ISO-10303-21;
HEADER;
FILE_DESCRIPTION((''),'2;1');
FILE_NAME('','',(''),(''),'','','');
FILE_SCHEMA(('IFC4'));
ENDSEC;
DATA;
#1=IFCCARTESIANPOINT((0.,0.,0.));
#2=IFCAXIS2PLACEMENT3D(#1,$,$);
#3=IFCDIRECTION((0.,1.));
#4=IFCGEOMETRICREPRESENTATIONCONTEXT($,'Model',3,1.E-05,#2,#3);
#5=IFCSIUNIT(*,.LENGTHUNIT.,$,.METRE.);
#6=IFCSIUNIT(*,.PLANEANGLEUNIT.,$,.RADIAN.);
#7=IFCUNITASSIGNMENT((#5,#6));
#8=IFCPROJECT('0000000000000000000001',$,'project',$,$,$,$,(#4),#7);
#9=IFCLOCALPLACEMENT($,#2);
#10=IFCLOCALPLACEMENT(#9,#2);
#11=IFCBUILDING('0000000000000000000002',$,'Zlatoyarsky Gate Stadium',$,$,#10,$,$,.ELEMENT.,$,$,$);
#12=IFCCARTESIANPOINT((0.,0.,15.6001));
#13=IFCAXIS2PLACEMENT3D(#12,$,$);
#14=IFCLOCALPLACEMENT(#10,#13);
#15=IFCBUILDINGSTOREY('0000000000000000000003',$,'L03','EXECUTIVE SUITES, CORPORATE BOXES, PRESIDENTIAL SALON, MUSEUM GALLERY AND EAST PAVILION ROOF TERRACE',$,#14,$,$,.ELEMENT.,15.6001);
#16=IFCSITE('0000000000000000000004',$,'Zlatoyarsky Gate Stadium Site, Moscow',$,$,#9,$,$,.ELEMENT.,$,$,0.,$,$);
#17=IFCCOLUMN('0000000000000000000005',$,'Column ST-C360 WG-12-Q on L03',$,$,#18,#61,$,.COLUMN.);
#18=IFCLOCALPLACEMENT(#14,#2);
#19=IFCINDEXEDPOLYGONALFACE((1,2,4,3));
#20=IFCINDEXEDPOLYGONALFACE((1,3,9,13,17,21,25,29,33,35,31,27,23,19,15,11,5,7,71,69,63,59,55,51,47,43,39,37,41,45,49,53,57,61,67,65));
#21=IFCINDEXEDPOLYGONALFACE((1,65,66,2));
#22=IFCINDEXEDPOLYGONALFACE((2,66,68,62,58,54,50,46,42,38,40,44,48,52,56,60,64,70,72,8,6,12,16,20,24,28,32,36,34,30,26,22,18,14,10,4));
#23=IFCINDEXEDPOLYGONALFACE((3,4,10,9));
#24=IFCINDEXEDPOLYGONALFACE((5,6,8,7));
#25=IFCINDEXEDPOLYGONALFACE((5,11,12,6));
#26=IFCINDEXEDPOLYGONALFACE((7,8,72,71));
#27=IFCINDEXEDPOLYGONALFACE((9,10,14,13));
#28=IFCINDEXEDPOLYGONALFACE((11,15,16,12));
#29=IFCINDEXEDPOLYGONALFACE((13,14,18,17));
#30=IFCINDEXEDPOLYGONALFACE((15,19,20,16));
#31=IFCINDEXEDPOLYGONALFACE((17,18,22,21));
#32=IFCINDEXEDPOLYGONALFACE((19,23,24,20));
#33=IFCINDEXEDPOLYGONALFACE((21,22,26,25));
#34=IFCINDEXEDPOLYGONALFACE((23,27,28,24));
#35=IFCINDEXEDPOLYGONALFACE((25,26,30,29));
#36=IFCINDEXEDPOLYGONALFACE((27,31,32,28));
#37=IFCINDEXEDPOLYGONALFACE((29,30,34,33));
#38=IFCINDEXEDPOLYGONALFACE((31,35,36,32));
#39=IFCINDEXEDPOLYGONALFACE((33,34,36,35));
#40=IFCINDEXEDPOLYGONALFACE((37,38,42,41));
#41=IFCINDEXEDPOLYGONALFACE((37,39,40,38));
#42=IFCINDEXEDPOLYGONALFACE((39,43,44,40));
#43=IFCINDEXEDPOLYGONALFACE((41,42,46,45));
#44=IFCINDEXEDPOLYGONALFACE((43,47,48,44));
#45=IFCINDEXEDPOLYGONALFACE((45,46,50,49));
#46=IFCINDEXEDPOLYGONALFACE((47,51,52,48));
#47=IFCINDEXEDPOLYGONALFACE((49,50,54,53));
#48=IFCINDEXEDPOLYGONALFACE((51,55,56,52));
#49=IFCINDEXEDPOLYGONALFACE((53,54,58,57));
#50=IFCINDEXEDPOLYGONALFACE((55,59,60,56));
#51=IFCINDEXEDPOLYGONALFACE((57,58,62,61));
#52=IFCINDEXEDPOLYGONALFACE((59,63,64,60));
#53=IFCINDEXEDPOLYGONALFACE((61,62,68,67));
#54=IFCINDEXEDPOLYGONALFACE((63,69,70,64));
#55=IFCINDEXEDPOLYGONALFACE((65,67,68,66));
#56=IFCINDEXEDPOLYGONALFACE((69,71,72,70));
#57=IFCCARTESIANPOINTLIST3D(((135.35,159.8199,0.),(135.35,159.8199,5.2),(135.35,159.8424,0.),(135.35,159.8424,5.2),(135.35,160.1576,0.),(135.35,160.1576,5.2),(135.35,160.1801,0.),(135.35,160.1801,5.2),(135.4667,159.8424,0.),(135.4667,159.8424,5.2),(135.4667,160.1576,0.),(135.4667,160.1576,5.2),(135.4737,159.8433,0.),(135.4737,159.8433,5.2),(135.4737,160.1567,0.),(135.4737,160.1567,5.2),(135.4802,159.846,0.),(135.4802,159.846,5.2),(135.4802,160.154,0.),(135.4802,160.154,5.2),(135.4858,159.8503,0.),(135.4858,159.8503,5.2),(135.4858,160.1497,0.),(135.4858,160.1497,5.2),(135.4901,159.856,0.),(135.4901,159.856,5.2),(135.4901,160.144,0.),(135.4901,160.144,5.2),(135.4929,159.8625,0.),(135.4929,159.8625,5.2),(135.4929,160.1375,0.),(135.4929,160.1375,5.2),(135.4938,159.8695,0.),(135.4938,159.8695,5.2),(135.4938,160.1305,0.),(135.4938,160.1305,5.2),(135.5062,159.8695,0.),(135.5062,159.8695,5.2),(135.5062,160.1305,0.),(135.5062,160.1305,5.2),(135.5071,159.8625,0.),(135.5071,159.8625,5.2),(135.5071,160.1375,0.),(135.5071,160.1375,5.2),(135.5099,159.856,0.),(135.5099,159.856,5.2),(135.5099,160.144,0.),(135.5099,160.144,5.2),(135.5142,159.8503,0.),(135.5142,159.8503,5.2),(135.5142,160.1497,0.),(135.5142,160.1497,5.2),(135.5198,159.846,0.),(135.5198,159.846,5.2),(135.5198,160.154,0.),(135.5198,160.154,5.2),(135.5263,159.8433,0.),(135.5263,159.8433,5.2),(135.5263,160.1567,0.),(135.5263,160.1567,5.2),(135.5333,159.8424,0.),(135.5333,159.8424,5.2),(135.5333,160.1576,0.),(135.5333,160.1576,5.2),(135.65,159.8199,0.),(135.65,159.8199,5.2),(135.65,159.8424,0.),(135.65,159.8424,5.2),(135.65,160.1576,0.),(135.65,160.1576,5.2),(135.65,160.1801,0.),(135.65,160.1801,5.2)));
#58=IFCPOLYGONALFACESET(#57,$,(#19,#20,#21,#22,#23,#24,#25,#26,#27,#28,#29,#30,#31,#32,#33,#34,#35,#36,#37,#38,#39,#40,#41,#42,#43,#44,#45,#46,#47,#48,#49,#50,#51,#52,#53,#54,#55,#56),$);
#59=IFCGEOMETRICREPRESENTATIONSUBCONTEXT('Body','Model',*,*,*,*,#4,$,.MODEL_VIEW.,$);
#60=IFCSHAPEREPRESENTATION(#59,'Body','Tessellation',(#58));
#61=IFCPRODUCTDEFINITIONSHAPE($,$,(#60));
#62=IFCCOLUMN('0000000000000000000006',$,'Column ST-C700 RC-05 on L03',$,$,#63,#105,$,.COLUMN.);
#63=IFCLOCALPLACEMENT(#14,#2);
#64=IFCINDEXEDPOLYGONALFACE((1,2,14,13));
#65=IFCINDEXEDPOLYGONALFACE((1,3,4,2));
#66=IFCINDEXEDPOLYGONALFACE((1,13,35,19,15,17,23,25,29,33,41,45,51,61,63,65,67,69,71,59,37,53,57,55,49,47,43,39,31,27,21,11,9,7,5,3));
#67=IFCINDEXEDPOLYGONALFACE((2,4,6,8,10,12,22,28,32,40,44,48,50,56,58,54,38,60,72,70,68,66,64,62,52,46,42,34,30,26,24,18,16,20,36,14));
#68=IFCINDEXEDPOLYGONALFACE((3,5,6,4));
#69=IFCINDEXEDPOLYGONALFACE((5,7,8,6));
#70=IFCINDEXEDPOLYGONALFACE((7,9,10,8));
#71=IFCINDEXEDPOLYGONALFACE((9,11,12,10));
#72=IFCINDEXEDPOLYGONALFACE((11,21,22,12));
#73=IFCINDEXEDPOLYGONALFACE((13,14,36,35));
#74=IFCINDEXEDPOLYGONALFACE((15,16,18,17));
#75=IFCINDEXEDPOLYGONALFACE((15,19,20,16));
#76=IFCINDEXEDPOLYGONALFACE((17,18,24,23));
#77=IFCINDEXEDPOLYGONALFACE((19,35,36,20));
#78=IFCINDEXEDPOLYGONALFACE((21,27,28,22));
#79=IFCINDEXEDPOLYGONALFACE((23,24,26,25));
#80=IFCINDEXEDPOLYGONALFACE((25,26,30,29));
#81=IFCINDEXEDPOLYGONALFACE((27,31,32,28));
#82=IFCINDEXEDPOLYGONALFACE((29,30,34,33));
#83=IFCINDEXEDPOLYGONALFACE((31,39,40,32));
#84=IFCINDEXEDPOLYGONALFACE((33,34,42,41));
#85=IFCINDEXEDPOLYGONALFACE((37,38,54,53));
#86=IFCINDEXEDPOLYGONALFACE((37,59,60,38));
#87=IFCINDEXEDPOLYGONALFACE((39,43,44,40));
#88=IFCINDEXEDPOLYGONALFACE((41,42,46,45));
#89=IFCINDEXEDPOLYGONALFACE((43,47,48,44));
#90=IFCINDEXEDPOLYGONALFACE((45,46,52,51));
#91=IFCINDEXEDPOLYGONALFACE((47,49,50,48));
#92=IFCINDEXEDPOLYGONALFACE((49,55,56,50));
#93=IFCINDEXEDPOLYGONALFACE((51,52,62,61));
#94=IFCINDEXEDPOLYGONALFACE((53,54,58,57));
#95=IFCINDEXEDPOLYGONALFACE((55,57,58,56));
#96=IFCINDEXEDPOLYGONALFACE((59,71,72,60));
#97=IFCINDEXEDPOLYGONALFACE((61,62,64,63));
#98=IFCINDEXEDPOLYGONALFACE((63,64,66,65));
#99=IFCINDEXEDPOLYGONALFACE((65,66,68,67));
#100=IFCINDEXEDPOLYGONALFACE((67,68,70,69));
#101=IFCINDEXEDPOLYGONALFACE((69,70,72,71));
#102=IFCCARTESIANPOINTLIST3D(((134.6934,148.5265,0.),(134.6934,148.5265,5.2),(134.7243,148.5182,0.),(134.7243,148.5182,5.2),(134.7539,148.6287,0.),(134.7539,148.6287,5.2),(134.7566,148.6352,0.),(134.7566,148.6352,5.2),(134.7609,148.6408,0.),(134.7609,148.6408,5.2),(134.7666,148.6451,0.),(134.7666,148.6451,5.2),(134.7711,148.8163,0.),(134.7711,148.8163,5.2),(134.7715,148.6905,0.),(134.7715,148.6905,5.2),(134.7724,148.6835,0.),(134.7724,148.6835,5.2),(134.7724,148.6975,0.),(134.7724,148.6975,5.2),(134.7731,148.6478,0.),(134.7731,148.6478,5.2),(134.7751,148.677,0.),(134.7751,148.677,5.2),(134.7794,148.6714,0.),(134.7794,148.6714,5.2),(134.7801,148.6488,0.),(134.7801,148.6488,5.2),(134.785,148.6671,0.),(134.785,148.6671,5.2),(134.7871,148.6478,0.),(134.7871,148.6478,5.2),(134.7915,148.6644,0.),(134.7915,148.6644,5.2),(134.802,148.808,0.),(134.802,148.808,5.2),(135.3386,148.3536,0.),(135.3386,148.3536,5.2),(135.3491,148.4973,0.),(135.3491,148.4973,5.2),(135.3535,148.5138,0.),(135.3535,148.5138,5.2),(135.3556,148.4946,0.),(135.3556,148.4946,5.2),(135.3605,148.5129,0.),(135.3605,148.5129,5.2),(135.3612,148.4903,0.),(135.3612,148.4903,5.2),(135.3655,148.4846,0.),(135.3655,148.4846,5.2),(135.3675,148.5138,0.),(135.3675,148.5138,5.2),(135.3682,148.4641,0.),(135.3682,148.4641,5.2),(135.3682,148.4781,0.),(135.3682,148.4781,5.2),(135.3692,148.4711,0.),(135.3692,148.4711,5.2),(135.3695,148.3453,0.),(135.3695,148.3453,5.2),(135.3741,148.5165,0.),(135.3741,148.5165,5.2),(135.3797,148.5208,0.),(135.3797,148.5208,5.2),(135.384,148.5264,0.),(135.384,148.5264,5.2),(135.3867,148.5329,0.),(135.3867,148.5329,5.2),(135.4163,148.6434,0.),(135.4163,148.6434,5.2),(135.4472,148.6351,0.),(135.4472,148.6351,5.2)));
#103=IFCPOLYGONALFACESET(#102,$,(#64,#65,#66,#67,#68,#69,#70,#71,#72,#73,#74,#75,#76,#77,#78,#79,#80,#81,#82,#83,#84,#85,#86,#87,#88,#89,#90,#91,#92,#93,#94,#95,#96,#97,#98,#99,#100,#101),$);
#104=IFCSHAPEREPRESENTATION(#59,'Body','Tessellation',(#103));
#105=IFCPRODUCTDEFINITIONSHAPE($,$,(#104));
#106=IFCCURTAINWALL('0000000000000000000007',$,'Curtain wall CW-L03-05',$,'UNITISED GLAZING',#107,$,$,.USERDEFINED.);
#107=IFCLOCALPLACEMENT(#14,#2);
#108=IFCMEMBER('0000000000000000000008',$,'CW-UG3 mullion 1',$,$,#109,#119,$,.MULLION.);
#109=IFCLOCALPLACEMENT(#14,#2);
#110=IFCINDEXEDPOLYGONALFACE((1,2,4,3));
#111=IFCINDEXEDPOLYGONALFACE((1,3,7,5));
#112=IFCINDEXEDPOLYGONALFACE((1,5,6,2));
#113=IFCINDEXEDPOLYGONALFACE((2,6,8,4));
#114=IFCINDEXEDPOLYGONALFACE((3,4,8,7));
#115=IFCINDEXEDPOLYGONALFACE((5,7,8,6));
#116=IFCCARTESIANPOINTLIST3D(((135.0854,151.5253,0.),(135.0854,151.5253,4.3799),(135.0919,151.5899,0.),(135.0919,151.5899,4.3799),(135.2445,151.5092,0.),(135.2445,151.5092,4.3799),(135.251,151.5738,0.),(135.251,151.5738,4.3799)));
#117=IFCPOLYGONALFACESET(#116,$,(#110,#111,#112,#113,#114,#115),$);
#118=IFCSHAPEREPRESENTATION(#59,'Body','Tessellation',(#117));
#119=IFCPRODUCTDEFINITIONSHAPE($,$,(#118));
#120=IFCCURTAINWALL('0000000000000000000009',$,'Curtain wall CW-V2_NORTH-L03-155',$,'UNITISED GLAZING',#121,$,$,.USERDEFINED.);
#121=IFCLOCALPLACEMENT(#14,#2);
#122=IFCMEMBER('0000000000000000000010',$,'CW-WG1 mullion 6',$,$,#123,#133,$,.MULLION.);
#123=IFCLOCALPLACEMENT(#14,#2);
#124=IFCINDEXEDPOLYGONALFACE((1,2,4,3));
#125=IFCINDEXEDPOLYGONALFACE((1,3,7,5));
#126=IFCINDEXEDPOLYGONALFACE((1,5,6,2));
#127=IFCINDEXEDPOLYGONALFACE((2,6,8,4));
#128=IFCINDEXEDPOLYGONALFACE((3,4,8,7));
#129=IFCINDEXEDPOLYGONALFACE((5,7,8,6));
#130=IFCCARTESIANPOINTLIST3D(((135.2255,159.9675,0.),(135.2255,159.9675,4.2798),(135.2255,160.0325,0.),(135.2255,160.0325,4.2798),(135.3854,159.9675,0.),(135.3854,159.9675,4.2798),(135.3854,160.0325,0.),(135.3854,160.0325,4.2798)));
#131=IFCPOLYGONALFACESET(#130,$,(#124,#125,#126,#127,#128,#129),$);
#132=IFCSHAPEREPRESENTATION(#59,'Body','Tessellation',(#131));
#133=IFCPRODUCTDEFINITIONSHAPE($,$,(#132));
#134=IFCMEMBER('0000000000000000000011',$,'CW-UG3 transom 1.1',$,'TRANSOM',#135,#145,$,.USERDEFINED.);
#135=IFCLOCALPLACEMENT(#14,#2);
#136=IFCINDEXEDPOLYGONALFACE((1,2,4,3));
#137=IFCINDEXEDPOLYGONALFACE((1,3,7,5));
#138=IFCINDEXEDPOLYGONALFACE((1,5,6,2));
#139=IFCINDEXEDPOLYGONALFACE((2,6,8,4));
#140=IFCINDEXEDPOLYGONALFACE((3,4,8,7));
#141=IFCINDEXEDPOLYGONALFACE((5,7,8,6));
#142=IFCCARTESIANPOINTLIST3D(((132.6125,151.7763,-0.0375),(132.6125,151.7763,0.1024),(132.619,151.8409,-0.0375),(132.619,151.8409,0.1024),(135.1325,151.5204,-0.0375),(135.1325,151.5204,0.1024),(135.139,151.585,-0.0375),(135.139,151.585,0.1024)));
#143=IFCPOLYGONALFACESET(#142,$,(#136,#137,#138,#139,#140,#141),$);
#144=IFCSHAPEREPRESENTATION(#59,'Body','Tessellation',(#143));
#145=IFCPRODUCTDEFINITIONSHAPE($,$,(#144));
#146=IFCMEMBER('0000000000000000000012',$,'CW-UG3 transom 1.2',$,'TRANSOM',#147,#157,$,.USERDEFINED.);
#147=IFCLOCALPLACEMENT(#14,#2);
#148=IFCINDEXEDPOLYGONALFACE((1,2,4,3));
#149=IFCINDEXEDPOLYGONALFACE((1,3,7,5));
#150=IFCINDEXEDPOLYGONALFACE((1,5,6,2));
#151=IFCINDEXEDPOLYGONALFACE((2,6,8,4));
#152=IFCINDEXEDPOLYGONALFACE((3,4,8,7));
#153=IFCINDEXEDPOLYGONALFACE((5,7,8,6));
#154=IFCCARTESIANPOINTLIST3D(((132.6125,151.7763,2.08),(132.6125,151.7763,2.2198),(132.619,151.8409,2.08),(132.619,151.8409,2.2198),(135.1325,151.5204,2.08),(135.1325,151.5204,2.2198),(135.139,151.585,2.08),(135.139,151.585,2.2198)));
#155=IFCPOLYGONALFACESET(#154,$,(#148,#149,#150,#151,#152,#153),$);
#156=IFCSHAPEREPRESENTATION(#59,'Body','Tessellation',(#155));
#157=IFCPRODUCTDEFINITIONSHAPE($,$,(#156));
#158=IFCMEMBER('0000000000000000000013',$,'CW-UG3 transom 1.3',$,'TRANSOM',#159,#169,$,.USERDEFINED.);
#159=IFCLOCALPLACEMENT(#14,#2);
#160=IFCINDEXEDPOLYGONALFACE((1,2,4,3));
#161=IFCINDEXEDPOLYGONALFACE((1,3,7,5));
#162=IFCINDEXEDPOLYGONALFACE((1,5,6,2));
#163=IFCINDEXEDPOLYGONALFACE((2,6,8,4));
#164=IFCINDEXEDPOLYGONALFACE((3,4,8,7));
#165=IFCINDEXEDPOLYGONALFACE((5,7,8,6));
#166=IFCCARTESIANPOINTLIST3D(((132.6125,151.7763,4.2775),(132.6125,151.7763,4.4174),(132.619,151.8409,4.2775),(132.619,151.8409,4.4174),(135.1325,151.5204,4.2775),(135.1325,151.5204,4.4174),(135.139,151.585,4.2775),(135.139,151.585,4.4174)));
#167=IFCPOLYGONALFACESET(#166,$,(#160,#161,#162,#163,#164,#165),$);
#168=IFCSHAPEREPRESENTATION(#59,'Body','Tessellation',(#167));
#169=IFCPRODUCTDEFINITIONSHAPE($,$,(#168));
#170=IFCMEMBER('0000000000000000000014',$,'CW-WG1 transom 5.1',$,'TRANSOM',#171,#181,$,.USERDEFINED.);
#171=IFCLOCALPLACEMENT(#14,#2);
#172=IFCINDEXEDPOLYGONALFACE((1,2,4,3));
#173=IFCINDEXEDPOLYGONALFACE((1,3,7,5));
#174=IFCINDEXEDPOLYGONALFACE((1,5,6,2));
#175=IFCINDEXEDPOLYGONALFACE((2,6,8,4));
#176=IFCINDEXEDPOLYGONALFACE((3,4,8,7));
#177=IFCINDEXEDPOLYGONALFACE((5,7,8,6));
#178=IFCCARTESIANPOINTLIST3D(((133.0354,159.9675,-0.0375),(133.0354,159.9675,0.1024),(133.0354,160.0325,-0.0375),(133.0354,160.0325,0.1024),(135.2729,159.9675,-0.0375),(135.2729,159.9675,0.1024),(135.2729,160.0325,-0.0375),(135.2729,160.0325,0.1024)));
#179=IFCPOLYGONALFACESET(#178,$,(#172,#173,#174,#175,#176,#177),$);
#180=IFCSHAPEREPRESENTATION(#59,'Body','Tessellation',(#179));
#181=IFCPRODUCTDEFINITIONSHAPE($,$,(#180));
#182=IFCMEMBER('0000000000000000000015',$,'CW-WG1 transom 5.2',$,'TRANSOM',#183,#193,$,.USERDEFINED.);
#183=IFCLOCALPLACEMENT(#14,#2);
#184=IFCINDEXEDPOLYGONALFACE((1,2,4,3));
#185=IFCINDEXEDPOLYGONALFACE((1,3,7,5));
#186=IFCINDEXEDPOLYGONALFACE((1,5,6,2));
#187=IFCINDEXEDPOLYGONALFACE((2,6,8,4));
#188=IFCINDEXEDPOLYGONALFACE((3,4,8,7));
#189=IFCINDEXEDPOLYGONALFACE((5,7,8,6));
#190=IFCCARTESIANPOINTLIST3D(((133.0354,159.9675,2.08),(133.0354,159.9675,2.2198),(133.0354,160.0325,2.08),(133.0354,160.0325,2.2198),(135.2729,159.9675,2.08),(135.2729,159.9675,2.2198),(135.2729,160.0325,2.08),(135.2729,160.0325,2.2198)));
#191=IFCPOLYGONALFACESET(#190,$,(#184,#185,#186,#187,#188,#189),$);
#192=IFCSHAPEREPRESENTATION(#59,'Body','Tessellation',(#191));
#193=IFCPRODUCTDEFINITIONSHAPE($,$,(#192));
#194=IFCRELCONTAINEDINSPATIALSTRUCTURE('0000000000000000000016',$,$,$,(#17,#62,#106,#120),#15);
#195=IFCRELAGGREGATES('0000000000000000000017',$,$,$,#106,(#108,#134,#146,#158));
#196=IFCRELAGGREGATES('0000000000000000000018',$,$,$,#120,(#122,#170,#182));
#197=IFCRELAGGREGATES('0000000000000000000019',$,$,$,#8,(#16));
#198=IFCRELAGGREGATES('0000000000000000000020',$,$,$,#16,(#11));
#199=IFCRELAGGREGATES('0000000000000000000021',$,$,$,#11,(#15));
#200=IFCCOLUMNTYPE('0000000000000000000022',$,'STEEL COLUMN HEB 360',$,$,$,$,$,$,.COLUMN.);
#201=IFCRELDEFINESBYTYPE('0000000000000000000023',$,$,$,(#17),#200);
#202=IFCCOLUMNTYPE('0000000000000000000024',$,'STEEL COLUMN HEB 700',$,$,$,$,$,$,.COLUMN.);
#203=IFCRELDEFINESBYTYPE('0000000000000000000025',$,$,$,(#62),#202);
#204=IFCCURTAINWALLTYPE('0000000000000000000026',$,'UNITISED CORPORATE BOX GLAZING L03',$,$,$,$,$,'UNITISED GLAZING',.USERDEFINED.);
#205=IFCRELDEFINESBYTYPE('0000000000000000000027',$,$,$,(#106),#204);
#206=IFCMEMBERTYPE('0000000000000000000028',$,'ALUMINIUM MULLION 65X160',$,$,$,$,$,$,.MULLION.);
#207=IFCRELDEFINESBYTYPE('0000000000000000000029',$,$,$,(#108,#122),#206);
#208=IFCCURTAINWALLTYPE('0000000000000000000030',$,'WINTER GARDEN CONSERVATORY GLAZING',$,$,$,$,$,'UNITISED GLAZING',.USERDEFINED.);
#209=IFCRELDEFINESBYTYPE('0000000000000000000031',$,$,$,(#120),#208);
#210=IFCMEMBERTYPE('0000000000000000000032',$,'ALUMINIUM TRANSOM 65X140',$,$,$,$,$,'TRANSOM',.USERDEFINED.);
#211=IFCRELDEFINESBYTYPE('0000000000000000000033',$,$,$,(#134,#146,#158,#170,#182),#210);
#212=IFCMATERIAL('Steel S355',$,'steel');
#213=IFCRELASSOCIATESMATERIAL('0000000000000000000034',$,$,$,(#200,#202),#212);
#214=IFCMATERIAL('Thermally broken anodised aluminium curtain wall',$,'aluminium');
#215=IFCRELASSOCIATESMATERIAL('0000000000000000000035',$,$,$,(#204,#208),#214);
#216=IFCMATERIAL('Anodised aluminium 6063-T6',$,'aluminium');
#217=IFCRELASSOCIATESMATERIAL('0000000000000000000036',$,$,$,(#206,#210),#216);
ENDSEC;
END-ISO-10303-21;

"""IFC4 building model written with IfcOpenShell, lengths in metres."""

from ifc_helpers import new_model, si_unit, direction, frame, origin, origin_2d, place, context, subcontext, project, spatial, rectangle, i_section, extrude, material, material_profile, profile_set, type_object, element, aggregate, save


model = new_model("IFC4")

# Units and contexts
model_context = context("Model", 3, precision=1e-05, world=origin(), true_north=direction((0.0, 1.0)))
body_context = subcontext(model_context, "Body", "Model", "MODEL_VIEW")
ifc_project = project(units=[si_unit("LENGTHUNIT", "METRE"), si_unit("PLANEANGLEUNIT", "RADIAN")], contexts=[model_context])

# Site, building, storey
site_placement = place(None, origin())
site = spatial("IfcSite", under=ifc_project, at=site_placement, Name="Zlatoyarsky Gate Stadium Site, Moscow", CompositionType="ELEMENT", RefElevation=0.0)
building_placement = place(site_placement, origin())
building = spatial("IfcBuilding", under=site, at=building_placement, Name="Zlatoyarsky Gate Stadium", CompositionType="ELEMENT")
storey_placement = place(building_placement, frame((0.0, 0.0, 15.6001)))
storey = spatial("IfcBuildingStorey", under=building, at=storey_placement, Name="L03", Description="EXECUTIVE SUITES, CORPORATE BOXES, PRESIDENTIAL SALON, MUSEUM GALLERY AND EAST PAVILION ROOF TERRACE", CompositionType="ELEMENT", Elevation=15.6001)

# Columns
ifc_material_1 = material(Name="Steel S355", Category="steel")
ifc_material_profile_1 = material_profile(ifc_material_1, i_section(OverallWidth=0.3, OverallDepth=0.3601, WebThickness=0.0125, FlangeThickness=0.0225, FilletRadius=0.0271, at=origin_2d()), Name="HEB 360")
ifc_profile_set_1 = profile_set([ifc_material_profile_1], Name="Steel S355")
column_type_1 = type_object("IfcColumnType", Name="STEEL COLUMN HEB 360", PredefinedType="COLUMN", material=ifc_profile_set_1)
column_1_placement = place(storey_placement, frame((135.5, 160.0, 0.0), z_axis=(0.0, 0.0, 1.0), x_axis=(1.0, 0.0, 0.0)))
element("IfcColumn", 1, at=column_1_placement, inside=storey, type_object=column_type_1, Name="Column ST-C360 WG-12-Q on L03", PredefinedType="COLUMN", context=body_context, shape_type="SweptSolid", body=[
    extrude(i_section(OverallWidth=0.3, OverallDepth=0.3601, WebThickness=0.0125, FlangeThickness=0.0225, FilletRadius=0.0271, at=origin_2d()), origin(), (0.0, 0.0, 1.0), 5.2),
])
ifc_material_profile_2 = material_profile(ifc_material_1, i_section(OverallWidth=0.3, OverallDepth=0.7, WebThickness=0.0171, FlangeThickness=0.032, FilletRadius=0.0271, at=origin_2d()), Name="HEB 700")
ifc_profile_set_2 = profile_set([ifc_material_profile_2], Name="Steel S355")
column_type_2 = type_object("IfcColumnType", Name="STEEL COLUMN HEB 700", PredefinedType="COLUMN", material=ifc_profile_set_2)
column_2_placement = place(storey_placement, frame((135.0703, 148.5808, 0.0), z_axis=(0.0, 0.0, 1.0), x_axis=(0.258819, 0.965926, 0.0)))
element("IfcColumn", 2, at=column_2_placement, inside=storey, type_object=column_type_2, Name="Column ST-C700 RC-05 on L03", PredefinedType="COLUMN", context=body_context, shape_type="SweptSolid", body=[
    extrude(i_section(OverallWidth=0.3, OverallDepth=0.7, WebThickness=0.0171, FlangeThickness=0.032, FilletRadius=0.0271, at=origin_2d()), origin(), (0.0, 0.0, 1.0), 5.2),
])

# Curtain walls, members
ifc_material_2 = material(Name="Thermally broken anodised aluminium curtain wall", Category="aluminium")
curtain_wall_type_1 = type_object("IfcCurtainWallType", Name="UNITISED CORPORATE BOX GLAZING L03", ElementType="UNITISED GLAZING", PredefinedType="USERDEFINED", material=ifc_material_2)
curtain_wall_1_placement = place(storey_placement, origin())
curtain_wall_1 = element("IfcCurtainWall", 3, at=curtain_wall_1_placement, inside=storey, type_object=curtain_wall_type_1, Name="Curtain wall CW-L03-05", ObjectType="UNITISED GLAZING", PredefinedType="USERDEFINED")
ifc_material_3 = material(Name="Anodised aluminium 6063-T6", Category="aluminium")
ifc_material_profile_3 = material_profile(ifc_material_3, rectangle(XDim=0.0649, YDim=0.1599, at=origin_2d()), Name="ALU 65X160")
ifc_profile_set_3 = profile_set([ifc_material_profile_3], Name="Anodised aluminium 6063-T6")
member_type_1 = type_object("IfcMemberType", Name="ALUMINIUM MULLION 65X160", PredefinedType="MULLION", material=ifc_profile_set_3)
member_1_placement = place(storey_placement, frame((135.1682, 151.5496, 0.0), z_axis=(0.0, 0.0, 1.0), x_axis=(-0.100968, -0.99489, 0.0)))
member_1 = element("IfcMember", 4, at=member_1_placement, type_object=member_type_1, Name="CW-UG3 mullion 1", PredefinedType="MULLION", context=body_context, shape_type="SweptSolid", body=[
    extrude(rectangle(XDim=0.0649, YDim=0.1599, at=origin_2d()), origin(), (0.0, 0.0, 1.0), 4.3799),
])
curtain_wall_type_2 = type_object("IfcCurtainWallType", Name="WINTER GARDEN CONSERVATORY GLAZING", ElementType="UNITISED GLAZING", PredefinedType="USERDEFINED", material=ifc_material_2)
curtain_wall_2_placement = place(storey_placement, origin())
curtain_wall_2 = element("IfcCurtainWall", 5, at=curtain_wall_2_placement, inside=storey, type_object=curtain_wall_type_2, Name="Curtain wall CW-V2_NORTH-L03-155", ObjectType="UNITISED GLAZING", PredefinedType="USERDEFINED")
member_2_placement = place(storey_placement, frame((135.3054, 160.0, 0.0), z_axis=(0.0, 0.0, 1.0), x_axis=(0.0, 1.0, 0.0)))
member_2 = element("IfcMember", 6, at=member_2_placement, type_object=member_type_1, Name="CW-WG1 mullion 6", PredefinedType="MULLION", context=body_context, shape_type="SweptSolid", body=[
    extrude(rectangle(XDim=0.0649, YDim=0.1599, at=origin_2d()), origin(), (0.0, 0.0, 1.0), 4.2798),
])

# Members
ifc_material_profile_4 = material_profile(ifc_material_3, rectangle(XDim=0.0649, YDim=0.1399, at=origin_2d()), Name="ALU 65X140")
ifc_profile_set_4 = profile_set([ifc_material_profile_4], Name="Anodised aluminium 6063-T6")
member_type_2 = type_object("IfcMemberType", Name="ALUMINIUM TRANSOM 65X140", ElementType="TRANSOM", PredefinedType="USERDEFINED", material=ifc_profile_set_4)
member_3_placement = place(storey_placement, frame((135.1357, 151.5527, 0.0325), z_axis=(-0.994885, 0.101011, 0.0), x_axis=(-0.101011, -0.994885, 0.0)))
member_3 = element("IfcMember", 7, at=member_3_placement, type_object=member_type_2, Name="CW-UG3 transom 1.1", ObjectType="TRANSOM", PredefinedType="USERDEFINED", context=body_context, shape_type="SweptSolid", body=[
    extrude(rectangle(XDim=0.0649, YDim=0.1399, at=origin_2d()), origin(), (0.0, 0.0, 1.0), 2.533),
])
member_4_placement = place(storey_placement, frame((135.1357, 151.5527, 2.1499), z_axis=(-0.994885, 0.101011, 0.0), x_axis=(-0.101011, -0.994885, 0.0)))
member_4 = element("IfcMember", 8, at=member_4_placement, type_object=member_type_2, Name="CW-UG3 transom 1.2", ObjectType="TRANSOM", PredefinedType="USERDEFINED", context=body_context, shape_type="SweptSolid", body=[
    extrude(rectangle(XDim=0.0649, YDim=0.1399, at=origin_2d()), origin(), (0.0, 0.0, 1.0), 2.533),
])
member_5_placement = place(storey_placement, frame((135.1357, 151.5527, 4.3474), z_axis=(-0.994885, 0.101011, 0.0), x_axis=(-0.101011, -0.994885, 0.0)))
member_5 = element("IfcMember", 9, at=member_5_placement, type_object=member_type_2, Name="CW-UG3 transom 1.3", ObjectType="TRANSOM", PredefinedType="USERDEFINED", context=body_context, shape_type="SweptSolid", body=[
    extrude(rectangle(XDim=0.0649, YDim=0.1399, at=origin_2d()), origin(), (0.0, 0.0, 1.0), 2.533),
])
member_6_placement = place(storey_placement, frame((133.0354, 160.0, 0.0325), z_axis=(1.0, 0.0, 0.0), x_axis=(0.0, 1.0, 0.0)))
member_6 = element("IfcMember", 10, at=member_6_placement, type_object=member_type_2, Name="CW-WG1 transom 5.1", ObjectType="TRANSOM", PredefinedType="USERDEFINED", context=body_context, shape_type="SweptSolid", body=[
    extrude(rectangle(XDim=0.0649, YDim=0.1399, at=origin_2d()), origin(), (0.0, 0.0, 1.0), 2.2375),
])
member_7_placement = place(storey_placement, frame((133.0354, 160.0, 2.1499), z_axis=(1.0, 0.0, 0.0), x_axis=(0.0, 1.0, 0.0)))
member_7 = element("IfcMember", 11, at=member_7_placement, type_object=member_type_2, Name="CW-WG1 transom 5.2", ObjectType="TRANSOM", PredefinedType="USERDEFINED", context=body_context, shape_type="SweptSolid", body=[
    extrude(rectangle(XDim=0.0649, YDim=0.1399, at=origin_2d()), origin(), (0.0, 0.0, 1.0), 2.2375),
])

aggregate(curtain_wall_1, [member_1, member_3, member_4, member_5])
aggregate(curtain_wall_2, [member_2, member_6, member_7])

save(model, "model.ifc")
